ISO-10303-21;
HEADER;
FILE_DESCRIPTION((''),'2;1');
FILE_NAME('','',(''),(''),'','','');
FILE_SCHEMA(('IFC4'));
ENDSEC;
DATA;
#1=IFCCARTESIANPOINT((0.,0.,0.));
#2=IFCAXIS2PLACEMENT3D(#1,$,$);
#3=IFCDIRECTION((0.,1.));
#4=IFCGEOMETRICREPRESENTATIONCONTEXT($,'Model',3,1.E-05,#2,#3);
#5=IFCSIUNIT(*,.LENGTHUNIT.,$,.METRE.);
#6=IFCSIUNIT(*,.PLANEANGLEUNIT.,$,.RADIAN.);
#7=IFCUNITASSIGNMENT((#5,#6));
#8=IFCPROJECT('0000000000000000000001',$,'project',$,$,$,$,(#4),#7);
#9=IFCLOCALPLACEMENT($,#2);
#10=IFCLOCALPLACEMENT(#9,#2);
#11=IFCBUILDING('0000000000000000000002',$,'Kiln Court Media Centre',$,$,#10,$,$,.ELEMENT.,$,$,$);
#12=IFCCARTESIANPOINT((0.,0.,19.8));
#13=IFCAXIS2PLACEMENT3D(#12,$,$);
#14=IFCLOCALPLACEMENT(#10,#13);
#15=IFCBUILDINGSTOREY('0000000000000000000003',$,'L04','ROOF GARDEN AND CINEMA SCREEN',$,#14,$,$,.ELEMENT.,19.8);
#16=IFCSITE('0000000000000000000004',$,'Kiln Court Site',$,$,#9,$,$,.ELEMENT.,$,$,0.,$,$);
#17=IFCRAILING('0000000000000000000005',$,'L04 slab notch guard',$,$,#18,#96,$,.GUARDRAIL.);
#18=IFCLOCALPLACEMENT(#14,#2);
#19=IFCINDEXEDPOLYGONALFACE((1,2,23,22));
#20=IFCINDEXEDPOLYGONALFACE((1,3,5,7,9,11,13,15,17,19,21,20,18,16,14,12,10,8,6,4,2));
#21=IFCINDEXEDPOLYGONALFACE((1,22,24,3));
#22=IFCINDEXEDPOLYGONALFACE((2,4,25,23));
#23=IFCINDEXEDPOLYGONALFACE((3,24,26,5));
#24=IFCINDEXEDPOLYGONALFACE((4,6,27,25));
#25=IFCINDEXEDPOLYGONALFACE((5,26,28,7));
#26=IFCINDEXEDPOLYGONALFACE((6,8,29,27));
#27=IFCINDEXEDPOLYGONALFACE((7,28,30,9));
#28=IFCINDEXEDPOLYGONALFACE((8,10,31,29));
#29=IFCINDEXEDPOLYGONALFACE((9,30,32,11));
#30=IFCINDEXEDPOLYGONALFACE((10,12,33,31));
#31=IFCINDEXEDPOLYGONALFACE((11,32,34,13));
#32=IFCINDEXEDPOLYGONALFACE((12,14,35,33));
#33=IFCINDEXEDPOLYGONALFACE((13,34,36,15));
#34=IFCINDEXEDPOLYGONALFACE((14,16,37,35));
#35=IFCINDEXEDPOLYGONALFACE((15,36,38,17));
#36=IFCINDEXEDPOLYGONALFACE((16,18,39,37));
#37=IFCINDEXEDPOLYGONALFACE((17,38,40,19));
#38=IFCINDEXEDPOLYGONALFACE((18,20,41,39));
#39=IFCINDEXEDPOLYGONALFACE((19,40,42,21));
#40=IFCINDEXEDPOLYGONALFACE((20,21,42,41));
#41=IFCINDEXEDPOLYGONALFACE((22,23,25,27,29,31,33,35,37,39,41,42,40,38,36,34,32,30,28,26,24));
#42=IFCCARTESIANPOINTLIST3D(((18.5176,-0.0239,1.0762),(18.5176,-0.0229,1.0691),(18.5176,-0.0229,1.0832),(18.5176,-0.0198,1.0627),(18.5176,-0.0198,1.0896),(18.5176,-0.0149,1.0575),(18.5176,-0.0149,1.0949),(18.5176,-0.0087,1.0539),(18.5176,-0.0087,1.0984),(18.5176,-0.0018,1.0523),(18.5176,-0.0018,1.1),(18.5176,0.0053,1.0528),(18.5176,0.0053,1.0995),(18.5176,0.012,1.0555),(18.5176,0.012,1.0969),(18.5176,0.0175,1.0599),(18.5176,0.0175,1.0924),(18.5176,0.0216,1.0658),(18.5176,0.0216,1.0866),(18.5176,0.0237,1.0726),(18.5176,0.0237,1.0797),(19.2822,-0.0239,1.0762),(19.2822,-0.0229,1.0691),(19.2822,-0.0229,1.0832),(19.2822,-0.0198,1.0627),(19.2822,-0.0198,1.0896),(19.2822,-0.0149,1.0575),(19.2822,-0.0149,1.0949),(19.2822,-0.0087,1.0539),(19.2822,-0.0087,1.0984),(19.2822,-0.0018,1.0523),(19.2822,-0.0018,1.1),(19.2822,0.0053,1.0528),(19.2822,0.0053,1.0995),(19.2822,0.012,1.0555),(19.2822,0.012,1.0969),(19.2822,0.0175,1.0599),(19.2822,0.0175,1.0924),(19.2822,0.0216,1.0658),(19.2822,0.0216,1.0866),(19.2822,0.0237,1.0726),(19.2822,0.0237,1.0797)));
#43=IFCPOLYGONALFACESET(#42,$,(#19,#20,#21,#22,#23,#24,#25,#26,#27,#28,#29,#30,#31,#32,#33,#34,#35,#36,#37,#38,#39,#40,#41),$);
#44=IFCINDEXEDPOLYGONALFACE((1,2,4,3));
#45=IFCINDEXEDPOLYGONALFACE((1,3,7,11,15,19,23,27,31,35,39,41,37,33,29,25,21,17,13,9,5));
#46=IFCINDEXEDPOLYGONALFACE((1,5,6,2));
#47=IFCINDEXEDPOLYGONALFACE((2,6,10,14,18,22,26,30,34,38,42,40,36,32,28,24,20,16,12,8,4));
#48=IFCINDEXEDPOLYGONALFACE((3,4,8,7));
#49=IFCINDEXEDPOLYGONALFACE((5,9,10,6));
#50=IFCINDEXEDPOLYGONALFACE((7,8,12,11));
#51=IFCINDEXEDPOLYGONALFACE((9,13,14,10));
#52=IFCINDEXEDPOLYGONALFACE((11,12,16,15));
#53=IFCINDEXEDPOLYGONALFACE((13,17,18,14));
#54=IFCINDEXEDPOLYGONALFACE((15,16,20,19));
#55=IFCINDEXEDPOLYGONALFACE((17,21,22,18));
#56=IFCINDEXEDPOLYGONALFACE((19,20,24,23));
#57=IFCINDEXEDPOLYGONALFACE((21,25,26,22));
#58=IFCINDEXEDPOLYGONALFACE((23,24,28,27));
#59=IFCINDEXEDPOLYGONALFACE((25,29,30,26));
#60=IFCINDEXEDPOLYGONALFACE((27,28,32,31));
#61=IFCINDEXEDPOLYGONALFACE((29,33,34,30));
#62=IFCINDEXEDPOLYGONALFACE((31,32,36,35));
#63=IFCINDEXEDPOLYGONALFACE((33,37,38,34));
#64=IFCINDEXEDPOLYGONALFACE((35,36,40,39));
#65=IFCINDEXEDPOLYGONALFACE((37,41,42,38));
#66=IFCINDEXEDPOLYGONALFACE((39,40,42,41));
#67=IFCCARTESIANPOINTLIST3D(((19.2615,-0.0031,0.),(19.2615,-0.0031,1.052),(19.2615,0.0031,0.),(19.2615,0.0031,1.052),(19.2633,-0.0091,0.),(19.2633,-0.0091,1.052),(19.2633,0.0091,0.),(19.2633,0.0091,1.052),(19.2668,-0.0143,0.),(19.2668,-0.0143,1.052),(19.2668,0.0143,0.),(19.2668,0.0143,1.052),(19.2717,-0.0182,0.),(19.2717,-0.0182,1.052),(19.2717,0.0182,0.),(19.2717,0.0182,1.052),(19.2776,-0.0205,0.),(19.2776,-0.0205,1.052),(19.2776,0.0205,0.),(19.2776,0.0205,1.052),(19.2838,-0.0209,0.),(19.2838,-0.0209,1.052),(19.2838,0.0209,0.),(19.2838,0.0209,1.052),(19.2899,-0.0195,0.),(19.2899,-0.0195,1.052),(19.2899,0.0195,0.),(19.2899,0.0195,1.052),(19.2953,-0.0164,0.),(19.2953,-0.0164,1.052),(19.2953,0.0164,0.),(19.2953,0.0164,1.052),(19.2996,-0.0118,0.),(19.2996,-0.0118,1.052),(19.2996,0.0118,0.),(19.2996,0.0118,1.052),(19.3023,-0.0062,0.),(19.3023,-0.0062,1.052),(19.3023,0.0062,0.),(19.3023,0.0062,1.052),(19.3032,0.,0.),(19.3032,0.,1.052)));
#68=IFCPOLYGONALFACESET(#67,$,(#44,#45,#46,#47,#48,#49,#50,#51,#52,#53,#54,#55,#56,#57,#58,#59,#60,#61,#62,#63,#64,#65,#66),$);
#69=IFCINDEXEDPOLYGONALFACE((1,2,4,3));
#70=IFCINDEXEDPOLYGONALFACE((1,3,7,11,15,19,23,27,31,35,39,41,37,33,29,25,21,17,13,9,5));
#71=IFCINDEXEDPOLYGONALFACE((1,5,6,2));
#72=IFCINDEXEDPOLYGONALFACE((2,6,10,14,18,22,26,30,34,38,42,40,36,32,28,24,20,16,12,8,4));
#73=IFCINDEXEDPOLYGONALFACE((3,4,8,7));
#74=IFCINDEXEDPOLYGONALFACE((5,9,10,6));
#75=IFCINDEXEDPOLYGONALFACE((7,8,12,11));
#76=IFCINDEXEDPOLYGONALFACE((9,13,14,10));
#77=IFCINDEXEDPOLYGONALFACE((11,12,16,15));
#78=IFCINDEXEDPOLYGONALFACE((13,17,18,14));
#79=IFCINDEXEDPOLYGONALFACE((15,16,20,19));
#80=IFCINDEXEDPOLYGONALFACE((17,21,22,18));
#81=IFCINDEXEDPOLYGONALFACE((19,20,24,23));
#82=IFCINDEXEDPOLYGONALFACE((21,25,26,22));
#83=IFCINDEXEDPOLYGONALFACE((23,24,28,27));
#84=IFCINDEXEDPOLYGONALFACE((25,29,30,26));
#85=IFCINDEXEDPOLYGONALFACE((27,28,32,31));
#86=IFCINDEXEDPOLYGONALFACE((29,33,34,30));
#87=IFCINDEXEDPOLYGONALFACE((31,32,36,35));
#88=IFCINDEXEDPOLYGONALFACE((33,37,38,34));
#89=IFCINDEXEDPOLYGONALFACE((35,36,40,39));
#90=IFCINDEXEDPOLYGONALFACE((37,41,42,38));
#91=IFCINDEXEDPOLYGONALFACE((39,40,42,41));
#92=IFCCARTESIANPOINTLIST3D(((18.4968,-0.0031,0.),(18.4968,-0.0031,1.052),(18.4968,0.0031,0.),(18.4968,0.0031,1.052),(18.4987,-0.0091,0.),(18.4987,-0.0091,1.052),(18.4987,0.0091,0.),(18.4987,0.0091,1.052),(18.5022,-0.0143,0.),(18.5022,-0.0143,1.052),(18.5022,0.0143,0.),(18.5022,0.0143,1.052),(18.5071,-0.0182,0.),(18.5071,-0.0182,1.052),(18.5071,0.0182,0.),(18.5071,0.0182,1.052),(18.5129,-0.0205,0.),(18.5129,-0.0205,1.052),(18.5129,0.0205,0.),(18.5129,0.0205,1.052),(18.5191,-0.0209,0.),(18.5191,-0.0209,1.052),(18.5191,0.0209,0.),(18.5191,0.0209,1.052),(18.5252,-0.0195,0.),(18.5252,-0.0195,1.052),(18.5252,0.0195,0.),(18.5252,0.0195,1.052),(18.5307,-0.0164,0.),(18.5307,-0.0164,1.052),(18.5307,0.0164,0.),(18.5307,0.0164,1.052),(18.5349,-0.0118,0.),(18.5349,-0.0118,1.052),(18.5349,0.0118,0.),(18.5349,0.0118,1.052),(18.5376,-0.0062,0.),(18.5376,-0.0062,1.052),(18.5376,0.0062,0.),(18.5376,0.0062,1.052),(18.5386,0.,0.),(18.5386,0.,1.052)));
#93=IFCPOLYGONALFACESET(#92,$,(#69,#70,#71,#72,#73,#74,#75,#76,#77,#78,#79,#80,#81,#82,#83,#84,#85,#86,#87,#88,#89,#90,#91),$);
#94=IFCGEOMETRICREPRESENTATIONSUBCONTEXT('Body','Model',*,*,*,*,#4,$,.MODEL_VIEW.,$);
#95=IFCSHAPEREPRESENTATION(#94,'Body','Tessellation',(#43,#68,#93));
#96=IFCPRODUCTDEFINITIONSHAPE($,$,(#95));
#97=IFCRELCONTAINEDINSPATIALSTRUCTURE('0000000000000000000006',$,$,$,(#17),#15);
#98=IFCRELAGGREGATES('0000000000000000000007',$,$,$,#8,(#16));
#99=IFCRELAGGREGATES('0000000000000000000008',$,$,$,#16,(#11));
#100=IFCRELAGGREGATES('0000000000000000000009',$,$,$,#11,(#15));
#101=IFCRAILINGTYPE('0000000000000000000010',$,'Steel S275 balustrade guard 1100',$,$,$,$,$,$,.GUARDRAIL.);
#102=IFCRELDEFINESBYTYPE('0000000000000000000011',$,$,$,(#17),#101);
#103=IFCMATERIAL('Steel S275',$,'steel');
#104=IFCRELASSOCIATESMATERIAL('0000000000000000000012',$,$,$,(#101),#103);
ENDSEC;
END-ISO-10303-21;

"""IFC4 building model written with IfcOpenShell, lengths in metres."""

from ifc_helpers import new_model, si_unit, direction, frame, origin, origin_2d, place, context, subcontext, project, spatial, circle, extrude, material, type_object, element, save


model = new_model("IFC4")

# Units and contexts
model_context = context("Model", 3, precision=1e-05, world=origin(), true_north=direction((0.0, 1.0)))
body_context = subcontext(model_context, "Body", "Model", "MODEL_VIEW")
ifc_project = project(units=[si_unit("LENGTHUNIT", "METRE"), si_unit("PLANEANGLEUNIT", "RADIAN")], contexts=[model_context])

# Site, building, storey
site_placement = place(None, origin())
site = spatial("IfcSite", under=ifc_project, at=site_placement, Name="Kiln Court Site", CompositionType="ELEMENT", RefElevation=0.0)
building_placement = place(site_placement, origin())
building = spatial("IfcBuilding", under=site, at=building_placement, Name="Kiln Court Media Centre", CompositionType="ELEMENT")
storey_placement = place(building_placement, frame((0.0, 0.0, 19.8)))
storey = spatial("IfcBuildingStorey", under=building, at=storey_placement, Name="L04", Description="ROOF GARDEN AND CINEMA SCREEN", CompositionType="ELEMENT", Elevation=19.8)

# Railing
ifc_material_1 = material(Name="Steel S275", Category="steel")
railing_type = type_object("IfcRailingType", Name="Steel S275 balustrade guard 1100", PredefinedType="GUARDRAIL", material=ifc_material_1)
railing_placement = place(storey_placement, frame((19.2822, 0.0, 0.0)))
element("IfcRailing", 1, at=railing_placement, inside=storey, type_object=railing_type, Name="L04 slab notch guard", PredefinedType="GUARDRAIL", context=body_context, shape_type="SweptSolid", body=[
    extrude(circle(Radius=0.0239, at=origin_2d()), frame((0.0, 0.0, 1.0762), z_axis=(-1.0, 0.0, 0.0), x_axis=(0.0, -1.0, 0.0)), (0.0, 0.0, 1.0), 0.7646),
    extrude(circle(Radius=0.021, at=origin_2d()), origin(), (0.0, 0.0, 1.0), 1.052),
    extrude(circle(Radius=0.021, at=origin_2d()), frame((-0.7646, 0.0, 0.0)), (0.0, 0.0, 1.0), 1.052),
])

save(model, "model.ifc")
